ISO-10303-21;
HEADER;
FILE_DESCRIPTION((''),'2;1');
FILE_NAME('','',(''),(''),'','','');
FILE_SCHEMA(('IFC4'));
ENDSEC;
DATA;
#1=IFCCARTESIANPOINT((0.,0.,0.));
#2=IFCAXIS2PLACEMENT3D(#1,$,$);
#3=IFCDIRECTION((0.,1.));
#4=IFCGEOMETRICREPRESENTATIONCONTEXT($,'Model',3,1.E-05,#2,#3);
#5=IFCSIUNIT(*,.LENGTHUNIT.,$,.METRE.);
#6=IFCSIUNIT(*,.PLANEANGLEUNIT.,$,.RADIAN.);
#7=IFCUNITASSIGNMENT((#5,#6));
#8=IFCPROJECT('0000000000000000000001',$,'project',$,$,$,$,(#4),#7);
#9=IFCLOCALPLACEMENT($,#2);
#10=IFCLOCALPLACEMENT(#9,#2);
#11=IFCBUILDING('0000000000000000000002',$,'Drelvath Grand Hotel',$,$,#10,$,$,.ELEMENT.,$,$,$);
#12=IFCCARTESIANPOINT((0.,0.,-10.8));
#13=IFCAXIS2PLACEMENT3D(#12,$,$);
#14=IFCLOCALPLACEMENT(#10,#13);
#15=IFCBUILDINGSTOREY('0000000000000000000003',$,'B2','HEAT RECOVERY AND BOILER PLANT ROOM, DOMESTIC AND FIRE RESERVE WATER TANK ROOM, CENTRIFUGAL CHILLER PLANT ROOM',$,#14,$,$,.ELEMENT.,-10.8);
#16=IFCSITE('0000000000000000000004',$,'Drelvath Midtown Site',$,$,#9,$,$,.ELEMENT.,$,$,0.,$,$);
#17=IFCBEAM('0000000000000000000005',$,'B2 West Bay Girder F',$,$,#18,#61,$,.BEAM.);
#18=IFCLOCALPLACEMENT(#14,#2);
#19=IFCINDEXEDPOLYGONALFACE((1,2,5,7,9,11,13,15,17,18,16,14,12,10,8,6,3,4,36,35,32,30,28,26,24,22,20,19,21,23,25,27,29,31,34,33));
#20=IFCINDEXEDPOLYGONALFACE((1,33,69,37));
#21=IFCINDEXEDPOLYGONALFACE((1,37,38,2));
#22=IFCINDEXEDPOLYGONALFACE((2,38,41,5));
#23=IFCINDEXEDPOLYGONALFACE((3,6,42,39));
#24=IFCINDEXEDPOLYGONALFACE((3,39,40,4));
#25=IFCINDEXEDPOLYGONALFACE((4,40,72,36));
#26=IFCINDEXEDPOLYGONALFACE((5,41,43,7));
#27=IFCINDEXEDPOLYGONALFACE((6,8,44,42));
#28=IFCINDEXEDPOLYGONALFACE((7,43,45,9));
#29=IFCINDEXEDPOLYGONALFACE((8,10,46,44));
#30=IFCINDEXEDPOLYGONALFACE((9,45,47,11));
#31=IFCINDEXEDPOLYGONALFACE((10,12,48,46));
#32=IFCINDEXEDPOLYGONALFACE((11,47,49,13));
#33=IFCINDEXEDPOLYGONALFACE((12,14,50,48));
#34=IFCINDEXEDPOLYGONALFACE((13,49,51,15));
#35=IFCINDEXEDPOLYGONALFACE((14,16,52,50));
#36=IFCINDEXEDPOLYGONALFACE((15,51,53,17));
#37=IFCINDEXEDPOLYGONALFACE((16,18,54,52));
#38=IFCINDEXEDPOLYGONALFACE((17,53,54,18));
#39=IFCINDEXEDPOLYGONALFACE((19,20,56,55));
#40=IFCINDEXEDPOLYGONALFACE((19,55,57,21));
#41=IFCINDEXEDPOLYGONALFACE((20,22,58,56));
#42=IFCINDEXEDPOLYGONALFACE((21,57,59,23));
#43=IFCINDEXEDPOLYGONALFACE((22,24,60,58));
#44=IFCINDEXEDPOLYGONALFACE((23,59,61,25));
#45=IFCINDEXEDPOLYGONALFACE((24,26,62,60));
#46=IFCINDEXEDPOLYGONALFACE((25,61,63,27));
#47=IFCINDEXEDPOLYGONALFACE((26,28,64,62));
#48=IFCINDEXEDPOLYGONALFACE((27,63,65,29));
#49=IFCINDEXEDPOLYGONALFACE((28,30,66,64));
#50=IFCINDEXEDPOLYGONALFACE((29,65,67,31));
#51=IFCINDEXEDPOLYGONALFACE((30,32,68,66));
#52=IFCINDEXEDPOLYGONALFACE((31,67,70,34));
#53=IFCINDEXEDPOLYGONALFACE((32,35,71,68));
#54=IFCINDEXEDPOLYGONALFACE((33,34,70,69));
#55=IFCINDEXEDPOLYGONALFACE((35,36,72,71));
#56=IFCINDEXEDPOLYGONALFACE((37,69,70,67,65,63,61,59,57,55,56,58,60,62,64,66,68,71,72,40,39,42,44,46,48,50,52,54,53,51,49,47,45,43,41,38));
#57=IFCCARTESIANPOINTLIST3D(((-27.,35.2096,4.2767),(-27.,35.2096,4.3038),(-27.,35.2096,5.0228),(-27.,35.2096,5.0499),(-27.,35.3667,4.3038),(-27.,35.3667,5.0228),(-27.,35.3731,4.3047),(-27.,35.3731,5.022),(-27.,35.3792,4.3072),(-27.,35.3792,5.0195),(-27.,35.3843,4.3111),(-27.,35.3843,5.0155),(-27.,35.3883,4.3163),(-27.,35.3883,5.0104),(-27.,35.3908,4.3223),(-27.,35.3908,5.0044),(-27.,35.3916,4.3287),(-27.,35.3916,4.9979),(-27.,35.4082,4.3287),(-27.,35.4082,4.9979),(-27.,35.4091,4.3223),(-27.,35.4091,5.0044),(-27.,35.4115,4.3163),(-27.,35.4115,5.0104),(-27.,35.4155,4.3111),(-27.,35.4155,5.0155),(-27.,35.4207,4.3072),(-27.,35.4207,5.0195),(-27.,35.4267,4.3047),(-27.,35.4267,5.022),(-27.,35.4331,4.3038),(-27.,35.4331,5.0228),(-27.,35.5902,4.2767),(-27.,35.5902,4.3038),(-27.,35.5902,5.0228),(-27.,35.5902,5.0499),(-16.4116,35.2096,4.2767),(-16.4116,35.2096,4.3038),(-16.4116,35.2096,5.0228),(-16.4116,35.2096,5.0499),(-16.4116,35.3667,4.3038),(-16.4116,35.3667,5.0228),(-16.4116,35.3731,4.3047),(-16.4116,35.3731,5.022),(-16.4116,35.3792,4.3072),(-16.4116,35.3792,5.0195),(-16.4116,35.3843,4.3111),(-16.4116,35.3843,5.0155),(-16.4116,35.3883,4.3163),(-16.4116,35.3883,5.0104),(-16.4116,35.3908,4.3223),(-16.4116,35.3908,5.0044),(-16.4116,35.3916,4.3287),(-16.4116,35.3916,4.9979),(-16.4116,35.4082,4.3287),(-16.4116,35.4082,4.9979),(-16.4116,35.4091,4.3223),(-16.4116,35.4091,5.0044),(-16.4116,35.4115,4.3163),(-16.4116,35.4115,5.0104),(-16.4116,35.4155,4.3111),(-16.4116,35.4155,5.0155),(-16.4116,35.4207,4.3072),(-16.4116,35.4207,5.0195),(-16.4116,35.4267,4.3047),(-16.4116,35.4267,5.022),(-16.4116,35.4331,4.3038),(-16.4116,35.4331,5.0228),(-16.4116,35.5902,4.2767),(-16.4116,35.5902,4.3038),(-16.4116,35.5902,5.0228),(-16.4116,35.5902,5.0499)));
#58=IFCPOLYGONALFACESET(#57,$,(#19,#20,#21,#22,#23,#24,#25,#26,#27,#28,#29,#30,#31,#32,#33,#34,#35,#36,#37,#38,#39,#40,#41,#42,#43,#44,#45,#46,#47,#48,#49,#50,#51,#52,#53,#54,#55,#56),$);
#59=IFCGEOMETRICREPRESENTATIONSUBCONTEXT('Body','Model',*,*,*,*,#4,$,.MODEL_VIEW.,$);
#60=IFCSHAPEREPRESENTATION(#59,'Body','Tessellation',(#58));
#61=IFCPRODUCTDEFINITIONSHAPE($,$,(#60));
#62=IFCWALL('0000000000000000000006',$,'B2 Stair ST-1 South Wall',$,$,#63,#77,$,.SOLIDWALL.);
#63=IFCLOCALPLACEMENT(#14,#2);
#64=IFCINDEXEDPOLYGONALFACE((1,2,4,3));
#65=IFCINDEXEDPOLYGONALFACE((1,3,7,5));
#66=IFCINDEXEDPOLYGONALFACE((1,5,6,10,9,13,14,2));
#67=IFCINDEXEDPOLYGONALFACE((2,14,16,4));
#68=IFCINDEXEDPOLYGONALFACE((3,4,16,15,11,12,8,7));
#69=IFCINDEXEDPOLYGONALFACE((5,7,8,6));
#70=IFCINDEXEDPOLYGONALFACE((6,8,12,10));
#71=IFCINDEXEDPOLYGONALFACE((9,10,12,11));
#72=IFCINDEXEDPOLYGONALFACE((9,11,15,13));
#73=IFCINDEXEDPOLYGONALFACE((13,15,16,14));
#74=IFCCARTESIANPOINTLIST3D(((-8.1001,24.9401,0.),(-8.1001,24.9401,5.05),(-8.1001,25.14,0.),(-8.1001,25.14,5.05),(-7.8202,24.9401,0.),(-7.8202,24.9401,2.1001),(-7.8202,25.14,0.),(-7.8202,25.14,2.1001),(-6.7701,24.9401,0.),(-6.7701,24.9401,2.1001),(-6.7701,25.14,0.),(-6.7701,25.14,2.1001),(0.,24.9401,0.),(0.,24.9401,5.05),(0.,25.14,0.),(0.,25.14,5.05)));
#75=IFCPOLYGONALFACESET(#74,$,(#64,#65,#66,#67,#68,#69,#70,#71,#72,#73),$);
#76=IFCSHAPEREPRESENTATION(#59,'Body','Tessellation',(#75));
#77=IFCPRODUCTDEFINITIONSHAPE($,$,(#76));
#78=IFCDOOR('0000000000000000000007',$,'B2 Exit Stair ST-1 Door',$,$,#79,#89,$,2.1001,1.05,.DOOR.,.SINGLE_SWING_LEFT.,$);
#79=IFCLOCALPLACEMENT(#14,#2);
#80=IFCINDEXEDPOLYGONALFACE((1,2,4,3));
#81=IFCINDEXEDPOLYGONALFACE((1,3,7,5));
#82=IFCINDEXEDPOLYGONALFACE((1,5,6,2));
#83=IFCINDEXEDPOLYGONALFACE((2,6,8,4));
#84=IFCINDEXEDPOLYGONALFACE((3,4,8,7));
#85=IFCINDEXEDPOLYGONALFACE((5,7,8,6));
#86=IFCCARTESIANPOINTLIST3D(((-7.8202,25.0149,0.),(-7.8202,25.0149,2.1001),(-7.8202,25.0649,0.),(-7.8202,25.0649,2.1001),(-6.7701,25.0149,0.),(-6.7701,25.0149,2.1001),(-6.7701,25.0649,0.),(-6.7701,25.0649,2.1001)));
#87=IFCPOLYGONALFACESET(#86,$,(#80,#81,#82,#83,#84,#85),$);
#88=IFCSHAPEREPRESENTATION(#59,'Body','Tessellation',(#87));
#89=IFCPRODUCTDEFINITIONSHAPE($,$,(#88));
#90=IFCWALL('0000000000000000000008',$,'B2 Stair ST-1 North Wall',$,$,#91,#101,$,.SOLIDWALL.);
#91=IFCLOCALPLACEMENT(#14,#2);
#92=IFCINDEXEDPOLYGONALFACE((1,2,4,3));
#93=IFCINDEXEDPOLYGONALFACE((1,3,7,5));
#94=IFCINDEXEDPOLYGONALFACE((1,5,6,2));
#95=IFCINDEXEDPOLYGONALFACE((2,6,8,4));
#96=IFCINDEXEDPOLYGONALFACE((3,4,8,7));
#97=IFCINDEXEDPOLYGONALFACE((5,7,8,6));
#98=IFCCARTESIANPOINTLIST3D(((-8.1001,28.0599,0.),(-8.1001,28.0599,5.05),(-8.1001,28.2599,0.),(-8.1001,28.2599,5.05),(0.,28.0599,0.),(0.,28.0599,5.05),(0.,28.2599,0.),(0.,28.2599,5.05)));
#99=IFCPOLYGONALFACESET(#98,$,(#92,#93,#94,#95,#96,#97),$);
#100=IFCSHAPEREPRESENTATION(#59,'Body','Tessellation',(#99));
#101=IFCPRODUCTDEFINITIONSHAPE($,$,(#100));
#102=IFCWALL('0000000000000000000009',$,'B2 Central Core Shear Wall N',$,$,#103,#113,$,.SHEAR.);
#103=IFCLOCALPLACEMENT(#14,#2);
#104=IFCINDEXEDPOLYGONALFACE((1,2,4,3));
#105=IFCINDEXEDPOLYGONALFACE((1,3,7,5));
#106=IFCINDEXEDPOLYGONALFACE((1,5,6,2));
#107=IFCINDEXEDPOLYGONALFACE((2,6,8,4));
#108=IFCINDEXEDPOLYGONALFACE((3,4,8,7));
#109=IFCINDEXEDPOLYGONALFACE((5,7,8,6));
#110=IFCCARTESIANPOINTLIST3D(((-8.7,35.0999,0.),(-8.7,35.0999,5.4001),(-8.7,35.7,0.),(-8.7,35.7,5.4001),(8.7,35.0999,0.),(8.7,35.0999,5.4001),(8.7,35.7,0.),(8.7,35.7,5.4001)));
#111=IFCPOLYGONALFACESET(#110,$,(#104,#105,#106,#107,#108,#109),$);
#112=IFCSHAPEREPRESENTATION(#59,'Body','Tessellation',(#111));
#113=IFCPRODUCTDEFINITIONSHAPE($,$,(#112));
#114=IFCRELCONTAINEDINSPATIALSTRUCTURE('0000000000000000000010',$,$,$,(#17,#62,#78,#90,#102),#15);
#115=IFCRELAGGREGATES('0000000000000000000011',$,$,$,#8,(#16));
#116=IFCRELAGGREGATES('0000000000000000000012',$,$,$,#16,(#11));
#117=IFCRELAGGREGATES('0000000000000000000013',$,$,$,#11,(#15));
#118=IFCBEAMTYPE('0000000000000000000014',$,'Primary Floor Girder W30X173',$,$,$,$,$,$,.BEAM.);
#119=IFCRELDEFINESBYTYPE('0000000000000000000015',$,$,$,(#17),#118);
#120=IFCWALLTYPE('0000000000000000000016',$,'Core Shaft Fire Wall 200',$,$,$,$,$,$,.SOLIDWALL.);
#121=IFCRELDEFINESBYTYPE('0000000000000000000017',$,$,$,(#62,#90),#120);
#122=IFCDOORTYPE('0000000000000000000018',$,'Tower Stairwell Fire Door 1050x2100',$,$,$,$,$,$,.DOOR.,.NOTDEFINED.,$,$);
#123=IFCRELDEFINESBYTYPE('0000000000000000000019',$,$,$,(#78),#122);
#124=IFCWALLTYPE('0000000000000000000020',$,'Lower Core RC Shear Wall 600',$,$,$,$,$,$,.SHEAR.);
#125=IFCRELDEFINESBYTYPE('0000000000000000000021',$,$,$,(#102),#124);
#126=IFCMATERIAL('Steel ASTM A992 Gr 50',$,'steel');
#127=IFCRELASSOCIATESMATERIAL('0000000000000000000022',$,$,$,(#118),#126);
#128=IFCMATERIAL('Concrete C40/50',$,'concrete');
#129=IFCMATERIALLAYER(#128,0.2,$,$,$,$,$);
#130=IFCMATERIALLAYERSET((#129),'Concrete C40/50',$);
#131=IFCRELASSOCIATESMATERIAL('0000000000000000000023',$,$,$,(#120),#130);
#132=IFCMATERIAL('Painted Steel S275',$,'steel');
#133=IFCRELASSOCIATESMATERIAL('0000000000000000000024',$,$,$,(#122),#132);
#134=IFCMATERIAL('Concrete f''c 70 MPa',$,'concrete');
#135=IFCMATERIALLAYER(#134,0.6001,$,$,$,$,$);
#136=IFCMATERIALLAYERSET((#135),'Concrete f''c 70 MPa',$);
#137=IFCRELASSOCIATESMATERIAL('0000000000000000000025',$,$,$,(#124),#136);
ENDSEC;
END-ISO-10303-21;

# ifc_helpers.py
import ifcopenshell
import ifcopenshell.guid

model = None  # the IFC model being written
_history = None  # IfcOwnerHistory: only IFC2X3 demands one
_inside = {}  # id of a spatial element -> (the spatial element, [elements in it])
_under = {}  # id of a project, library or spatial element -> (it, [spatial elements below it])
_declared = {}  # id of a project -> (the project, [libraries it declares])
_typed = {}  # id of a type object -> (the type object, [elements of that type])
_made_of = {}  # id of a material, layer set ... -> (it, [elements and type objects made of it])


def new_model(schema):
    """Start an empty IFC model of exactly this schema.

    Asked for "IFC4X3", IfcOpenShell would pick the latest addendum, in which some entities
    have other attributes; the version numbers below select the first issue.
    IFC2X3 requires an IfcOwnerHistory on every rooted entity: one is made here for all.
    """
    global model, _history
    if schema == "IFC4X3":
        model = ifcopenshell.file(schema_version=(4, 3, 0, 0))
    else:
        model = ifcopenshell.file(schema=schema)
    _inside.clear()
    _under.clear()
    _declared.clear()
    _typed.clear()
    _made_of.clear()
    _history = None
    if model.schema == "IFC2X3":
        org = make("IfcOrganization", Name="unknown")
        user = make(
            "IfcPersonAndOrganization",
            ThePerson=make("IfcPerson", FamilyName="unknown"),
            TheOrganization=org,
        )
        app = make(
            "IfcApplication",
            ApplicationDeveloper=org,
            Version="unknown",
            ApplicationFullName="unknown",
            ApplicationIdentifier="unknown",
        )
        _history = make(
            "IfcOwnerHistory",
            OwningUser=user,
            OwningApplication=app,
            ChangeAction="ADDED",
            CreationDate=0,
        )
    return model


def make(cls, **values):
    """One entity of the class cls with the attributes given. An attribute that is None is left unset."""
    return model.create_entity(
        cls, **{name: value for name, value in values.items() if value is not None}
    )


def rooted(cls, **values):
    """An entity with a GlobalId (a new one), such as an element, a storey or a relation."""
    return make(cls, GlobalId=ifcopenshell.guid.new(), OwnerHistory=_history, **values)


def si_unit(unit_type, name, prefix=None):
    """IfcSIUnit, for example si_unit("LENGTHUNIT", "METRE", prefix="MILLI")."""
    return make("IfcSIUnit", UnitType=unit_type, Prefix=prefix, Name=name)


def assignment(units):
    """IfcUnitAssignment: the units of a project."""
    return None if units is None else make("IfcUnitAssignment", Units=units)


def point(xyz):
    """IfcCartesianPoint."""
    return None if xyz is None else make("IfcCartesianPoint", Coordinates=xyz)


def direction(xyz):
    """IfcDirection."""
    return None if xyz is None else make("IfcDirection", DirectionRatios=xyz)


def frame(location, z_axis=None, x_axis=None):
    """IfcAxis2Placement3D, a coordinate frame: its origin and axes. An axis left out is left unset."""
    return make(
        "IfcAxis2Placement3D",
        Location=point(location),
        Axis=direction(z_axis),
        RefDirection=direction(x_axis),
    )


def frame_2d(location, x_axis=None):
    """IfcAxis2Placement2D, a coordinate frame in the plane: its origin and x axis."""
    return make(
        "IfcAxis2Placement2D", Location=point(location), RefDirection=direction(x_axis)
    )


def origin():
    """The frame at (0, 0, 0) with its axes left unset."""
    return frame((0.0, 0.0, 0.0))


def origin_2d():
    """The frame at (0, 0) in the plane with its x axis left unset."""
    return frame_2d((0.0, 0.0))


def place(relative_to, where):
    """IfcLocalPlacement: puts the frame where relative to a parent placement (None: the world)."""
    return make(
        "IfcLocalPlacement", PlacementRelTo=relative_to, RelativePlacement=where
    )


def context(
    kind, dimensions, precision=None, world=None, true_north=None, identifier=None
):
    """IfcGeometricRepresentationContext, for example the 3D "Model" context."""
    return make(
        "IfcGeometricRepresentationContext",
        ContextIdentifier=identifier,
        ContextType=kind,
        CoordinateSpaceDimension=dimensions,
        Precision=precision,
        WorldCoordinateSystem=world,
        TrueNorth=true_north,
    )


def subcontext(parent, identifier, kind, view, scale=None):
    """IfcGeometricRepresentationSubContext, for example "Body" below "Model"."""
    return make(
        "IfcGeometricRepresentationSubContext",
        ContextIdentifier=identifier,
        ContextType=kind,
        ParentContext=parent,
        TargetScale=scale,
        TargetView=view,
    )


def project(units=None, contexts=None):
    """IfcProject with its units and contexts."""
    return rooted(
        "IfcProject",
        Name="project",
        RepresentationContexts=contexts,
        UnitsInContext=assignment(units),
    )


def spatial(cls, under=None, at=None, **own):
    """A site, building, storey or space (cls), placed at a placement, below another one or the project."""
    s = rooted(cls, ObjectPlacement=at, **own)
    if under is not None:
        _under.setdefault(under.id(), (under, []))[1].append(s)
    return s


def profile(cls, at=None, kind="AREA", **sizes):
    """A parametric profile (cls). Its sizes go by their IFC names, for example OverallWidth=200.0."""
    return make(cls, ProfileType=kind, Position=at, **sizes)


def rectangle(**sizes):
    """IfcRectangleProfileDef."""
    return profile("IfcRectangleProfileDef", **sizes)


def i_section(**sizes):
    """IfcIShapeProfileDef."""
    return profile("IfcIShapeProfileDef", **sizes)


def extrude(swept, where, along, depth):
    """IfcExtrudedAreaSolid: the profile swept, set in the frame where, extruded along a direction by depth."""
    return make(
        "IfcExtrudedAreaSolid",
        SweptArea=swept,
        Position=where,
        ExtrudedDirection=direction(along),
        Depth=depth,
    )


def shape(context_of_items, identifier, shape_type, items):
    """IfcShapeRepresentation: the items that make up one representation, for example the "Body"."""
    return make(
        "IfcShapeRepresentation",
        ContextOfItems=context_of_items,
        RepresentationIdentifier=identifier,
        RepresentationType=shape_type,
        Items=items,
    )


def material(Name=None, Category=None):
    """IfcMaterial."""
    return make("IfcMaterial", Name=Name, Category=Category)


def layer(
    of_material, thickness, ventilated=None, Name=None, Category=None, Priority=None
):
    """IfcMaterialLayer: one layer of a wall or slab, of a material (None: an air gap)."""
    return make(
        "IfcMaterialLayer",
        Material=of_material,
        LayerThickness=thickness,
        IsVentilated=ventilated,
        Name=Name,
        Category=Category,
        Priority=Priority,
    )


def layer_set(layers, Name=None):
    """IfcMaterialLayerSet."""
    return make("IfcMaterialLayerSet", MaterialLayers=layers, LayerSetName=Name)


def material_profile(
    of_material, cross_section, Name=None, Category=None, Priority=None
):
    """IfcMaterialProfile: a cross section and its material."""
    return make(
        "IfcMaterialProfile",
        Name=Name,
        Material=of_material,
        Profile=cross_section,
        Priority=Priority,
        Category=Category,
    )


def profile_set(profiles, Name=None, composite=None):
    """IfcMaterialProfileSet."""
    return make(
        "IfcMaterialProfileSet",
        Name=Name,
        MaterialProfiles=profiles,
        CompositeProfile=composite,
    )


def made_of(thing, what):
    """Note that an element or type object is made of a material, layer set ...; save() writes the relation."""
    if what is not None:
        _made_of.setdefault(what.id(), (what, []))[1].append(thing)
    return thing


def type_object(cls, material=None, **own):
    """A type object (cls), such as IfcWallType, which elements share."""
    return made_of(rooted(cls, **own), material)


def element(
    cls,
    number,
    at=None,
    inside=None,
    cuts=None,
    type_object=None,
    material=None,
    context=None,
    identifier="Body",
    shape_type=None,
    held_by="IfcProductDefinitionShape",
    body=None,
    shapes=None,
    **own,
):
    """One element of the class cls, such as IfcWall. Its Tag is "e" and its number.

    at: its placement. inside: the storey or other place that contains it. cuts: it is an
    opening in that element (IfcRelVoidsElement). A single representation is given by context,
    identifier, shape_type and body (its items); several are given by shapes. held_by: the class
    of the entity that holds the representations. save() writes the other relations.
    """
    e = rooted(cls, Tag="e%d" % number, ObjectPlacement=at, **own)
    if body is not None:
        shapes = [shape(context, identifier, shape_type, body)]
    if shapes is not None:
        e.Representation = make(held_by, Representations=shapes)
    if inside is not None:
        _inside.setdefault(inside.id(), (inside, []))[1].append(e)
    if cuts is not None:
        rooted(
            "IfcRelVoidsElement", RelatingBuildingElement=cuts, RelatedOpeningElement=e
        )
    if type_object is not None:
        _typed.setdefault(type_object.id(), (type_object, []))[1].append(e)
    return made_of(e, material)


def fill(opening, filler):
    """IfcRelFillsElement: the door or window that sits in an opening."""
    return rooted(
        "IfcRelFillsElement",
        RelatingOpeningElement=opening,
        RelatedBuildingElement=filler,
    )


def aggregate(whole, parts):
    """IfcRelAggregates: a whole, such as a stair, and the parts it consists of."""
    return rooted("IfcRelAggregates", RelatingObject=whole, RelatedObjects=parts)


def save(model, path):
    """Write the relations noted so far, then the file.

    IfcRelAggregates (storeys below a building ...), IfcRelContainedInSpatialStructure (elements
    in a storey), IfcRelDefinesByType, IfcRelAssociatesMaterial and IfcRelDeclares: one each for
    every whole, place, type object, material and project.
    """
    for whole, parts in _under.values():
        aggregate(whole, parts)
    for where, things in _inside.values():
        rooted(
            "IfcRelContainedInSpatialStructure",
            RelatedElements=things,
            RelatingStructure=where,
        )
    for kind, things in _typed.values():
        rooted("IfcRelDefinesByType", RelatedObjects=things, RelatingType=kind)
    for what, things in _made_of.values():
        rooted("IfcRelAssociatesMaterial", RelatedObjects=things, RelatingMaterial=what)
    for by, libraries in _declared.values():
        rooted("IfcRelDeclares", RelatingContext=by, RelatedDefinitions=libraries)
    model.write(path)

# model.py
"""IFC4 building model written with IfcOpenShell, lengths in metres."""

from ifc_helpers import new_model, si_unit, direction, frame, frame_2d, origin, origin_2d, place, context, subcontext, project, spatial, rectangle, i_section, extrude, material, layer, layer_set, material_profile, profile_set, type_object, element, fill, save


model = new_model("IFC4")

# Units and contexts
model_context = context("Model", 3, precision=1e-05, world=origin(), true_north=direction((0.0, 1.0)))
body_context = subcontext(model_context, "Body", "Model", "MODEL_VIEW")
ifc_project = project(units=[si_unit("LENGTHUNIT", "METRE"), si_unit("PLANEANGLEUNIT", "RADIAN")], contexts=[model_context])

# Site, building, storey
site_placement = place(None, origin())
site = spatial("IfcSite", under=ifc_project, at=site_placement, Name="Drelvath Midtown Site", CompositionType="ELEMENT", RefElevation=0.0)
building_placement = place(site_placement, origin())
building = spatial("IfcBuilding", under=site, at=building_placement, Name="Drelvath Grand Hotel", CompositionType="ELEMENT")
storey_placement = place(building_placement, frame((0.0, 0.0, -10.8)))
storey = spatial("IfcBuildingStorey", under=building, at=storey_placement, Name="B2", Description="HEAT RECOVERY AND BOILER PLANT ROOM, DOMESTIC AND FIRE RESERVE WATER TANK ROOM, CENTRIFUGAL CHILLER PLANT ROOM", CompositionType="ELEMENT", Elevation=-10.8)

# Beam
ifc_material_1 = material(Name="Steel ASTM A992 Gr 50", Category="steel")
ifc_material_2 = material(Name="Concrete f'c 70 MPa", Category="concrete")
ifc_material_profile_1 = material_profile(ifc_material_1, i_section(OverallWidth=0.3806, OverallDepth=0.7732, WebThickness=0.0166, FlangeThickness=0.0271, FilletRadius=0.0249, at=origin_2d()), Name="W30X173")
ifc_profile_set_1 = profile_set([ifc_material_profile_1], Name="Steel ASTM A992 Gr 50")
beam_type_1 = type_object("IfcBeamType", Name="Primary Floor Girder W30X173", PredefinedType="BEAM", material=ifc_profile_set_1)
for number, where, z_axis, x_axis, name in (
    (1, (-27.0, 35.3999, 4.6633), (1.0, 0.0, 0.0), (0.0, 1.0, 0.0), "B2 West Bay Girder F"),
):
    element("IfcBeam", number, at=place(storey_placement, frame(where, z_axis=z_axis, x_axis=x_axis)), inside=storey, type_object=beam_type_1, Name=name, PredefinedType="BEAM", context=body_context, shape_type="SweptSolid", body=[
        extrude(i_section(OverallWidth=0.3806, OverallDepth=0.7732, WebThickness=0.0166, FlangeThickness=0.0271, FilletRadius=0.0249, at=origin_2d()), origin(), (0.0, 0.0, 1.0), 10.5884),
    ])

# Wall, opening, door
ifc_material_3 = material(Name="Concrete C40/50", Category="concrete")
ifc_layer_1 = layer(ifc_material_3, 0.2)
ifc_layer_set_1 = layer_set([ifc_layer_1], Name="Concrete C40/50")
wall_type_1 = type_object("IfcWallType", Name="Core Shaft Fire Wall 200", PredefinedType="SOLIDWALL", material=ifc_layer_set_1)
wall_1_placement = place(storey_placement, frame((-8.1001, 25.04, 0.0), z_axis=(0.0, 0.0, 1.0), x_axis=(1.0, 0.0, 0.0)))
wall_1 = element("IfcWall", 2, at=wall_1_placement, inside=storey, type_object=wall_type_1, Name="B2 Stair ST-1 South Wall", PredefinedType="SOLIDWALL", context=body_context, shape_type="SweptSolid", body=[
    extrude(rectangle(XDim=8.1001, YDim=0.2, at=frame_2d((4.05, 0.0))), origin(), (0.0, 0.0, 1.0), 5.05),
])
opening_placement = place(wall_1_placement, frame((0.28, 0.0, 0.0)))
opening = element("IfcOpeningElement", 3, at=opening_placement, cuts=wall_1, PredefinedType="OPENING", context=body_context, shape_type="SweptSolid", body=[
    extrude(rectangle(XDim=1.05, YDim=2.1001, at=frame_2d((0.5249, 1.05))), frame((0.0, 0.1099, 0.0), z_axis=(0.0, -1.0, 0.0), x_axis=(1.0, 0.0, 0.0)), (0.0, 0.0, 1.0), 0.22),
])
ifc_material_4 = material(Name="Painted Steel S275", Category="steel")
door_type = type_object("IfcDoorType", Name="Tower Stairwell Fire Door 1050x2100", OperationType="NOTDEFINED", PredefinedType="DOOR", material=ifc_material_4)
door_placement = place(opening_placement, origin())
door = element("IfcDoor", 4, at=door_placement, inside=storey, type_object=door_type, Name="B2 Exit Stair ST-1 Door", OperationType="SINGLE_SWING_LEFT", OverallHeight=2.1001, OverallWidth=1.05, PredefinedType="DOOR", context=body_context, shape_type="SweptSolid", body=[
    extrude(rectangle(XDim=1.05, YDim=2.1001, at=frame_2d((0.5249, 1.05))), frame((0.0, 0.0249, 0.0), z_axis=(0.0, -1.0, 0.0), x_axis=(1.0, 0.0, 0.0)), (0.0, 0.0, 1.0), 0.05),
])
fill(opening, door)

# Walls
wall_2_placement = place(storey_placement, frame((-8.1001, 28.1599, 0.0), z_axis=(0.0, 0.0, 1.0), x_axis=(1.0, 0.0, 0.0)))
element("IfcWall", 5, at=wall_2_placement, inside=storey, type_object=wall_type_1, Name="B2 Stair ST-1 North Wall", PredefinedType="SOLIDWALL", context=body_context, shape_type="SweptSolid", body=[
    extrude(rectangle(XDim=8.1001, YDim=0.2, at=frame_2d((4.05, 0.0))), origin(), (0.0, 0.0, 1.0), 5.05),
])
ifc_layer_2 = layer(ifc_material_2, 0.6001)
ifc_layer_set_2 = layer_set([ifc_layer_2], Name="Concrete f'c 70 MPa")
wall_type_2 = type_object("IfcWallType", Name="Lower Core RC Shear Wall 600", PredefinedType="SHEAR", material=ifc_layer_set_2)
wall_3_placement = place(storey_placement, frame((-8.7, 35.3999, 0.0), z_axis=(0.0, 0.0, 1.0), x_axis=(1.0, 0.0, 0.0)))
element("IfcWall", 6, at=wall_3_placement, inside=storey, type_object=wall_type_2, Name="B2 Central Core Shear Wall N", PredefinedType="SHEAR", context=body_context, shape_type="SweptSolid", body=[
    extrude(rectangle(XDim=17.3999, YDim=0.6001, at=frame_2d((8.7, 0.0))), origin(), (0.0, 0.0, 1.0), 5.4001),
])

save(model, "model.ifc")
